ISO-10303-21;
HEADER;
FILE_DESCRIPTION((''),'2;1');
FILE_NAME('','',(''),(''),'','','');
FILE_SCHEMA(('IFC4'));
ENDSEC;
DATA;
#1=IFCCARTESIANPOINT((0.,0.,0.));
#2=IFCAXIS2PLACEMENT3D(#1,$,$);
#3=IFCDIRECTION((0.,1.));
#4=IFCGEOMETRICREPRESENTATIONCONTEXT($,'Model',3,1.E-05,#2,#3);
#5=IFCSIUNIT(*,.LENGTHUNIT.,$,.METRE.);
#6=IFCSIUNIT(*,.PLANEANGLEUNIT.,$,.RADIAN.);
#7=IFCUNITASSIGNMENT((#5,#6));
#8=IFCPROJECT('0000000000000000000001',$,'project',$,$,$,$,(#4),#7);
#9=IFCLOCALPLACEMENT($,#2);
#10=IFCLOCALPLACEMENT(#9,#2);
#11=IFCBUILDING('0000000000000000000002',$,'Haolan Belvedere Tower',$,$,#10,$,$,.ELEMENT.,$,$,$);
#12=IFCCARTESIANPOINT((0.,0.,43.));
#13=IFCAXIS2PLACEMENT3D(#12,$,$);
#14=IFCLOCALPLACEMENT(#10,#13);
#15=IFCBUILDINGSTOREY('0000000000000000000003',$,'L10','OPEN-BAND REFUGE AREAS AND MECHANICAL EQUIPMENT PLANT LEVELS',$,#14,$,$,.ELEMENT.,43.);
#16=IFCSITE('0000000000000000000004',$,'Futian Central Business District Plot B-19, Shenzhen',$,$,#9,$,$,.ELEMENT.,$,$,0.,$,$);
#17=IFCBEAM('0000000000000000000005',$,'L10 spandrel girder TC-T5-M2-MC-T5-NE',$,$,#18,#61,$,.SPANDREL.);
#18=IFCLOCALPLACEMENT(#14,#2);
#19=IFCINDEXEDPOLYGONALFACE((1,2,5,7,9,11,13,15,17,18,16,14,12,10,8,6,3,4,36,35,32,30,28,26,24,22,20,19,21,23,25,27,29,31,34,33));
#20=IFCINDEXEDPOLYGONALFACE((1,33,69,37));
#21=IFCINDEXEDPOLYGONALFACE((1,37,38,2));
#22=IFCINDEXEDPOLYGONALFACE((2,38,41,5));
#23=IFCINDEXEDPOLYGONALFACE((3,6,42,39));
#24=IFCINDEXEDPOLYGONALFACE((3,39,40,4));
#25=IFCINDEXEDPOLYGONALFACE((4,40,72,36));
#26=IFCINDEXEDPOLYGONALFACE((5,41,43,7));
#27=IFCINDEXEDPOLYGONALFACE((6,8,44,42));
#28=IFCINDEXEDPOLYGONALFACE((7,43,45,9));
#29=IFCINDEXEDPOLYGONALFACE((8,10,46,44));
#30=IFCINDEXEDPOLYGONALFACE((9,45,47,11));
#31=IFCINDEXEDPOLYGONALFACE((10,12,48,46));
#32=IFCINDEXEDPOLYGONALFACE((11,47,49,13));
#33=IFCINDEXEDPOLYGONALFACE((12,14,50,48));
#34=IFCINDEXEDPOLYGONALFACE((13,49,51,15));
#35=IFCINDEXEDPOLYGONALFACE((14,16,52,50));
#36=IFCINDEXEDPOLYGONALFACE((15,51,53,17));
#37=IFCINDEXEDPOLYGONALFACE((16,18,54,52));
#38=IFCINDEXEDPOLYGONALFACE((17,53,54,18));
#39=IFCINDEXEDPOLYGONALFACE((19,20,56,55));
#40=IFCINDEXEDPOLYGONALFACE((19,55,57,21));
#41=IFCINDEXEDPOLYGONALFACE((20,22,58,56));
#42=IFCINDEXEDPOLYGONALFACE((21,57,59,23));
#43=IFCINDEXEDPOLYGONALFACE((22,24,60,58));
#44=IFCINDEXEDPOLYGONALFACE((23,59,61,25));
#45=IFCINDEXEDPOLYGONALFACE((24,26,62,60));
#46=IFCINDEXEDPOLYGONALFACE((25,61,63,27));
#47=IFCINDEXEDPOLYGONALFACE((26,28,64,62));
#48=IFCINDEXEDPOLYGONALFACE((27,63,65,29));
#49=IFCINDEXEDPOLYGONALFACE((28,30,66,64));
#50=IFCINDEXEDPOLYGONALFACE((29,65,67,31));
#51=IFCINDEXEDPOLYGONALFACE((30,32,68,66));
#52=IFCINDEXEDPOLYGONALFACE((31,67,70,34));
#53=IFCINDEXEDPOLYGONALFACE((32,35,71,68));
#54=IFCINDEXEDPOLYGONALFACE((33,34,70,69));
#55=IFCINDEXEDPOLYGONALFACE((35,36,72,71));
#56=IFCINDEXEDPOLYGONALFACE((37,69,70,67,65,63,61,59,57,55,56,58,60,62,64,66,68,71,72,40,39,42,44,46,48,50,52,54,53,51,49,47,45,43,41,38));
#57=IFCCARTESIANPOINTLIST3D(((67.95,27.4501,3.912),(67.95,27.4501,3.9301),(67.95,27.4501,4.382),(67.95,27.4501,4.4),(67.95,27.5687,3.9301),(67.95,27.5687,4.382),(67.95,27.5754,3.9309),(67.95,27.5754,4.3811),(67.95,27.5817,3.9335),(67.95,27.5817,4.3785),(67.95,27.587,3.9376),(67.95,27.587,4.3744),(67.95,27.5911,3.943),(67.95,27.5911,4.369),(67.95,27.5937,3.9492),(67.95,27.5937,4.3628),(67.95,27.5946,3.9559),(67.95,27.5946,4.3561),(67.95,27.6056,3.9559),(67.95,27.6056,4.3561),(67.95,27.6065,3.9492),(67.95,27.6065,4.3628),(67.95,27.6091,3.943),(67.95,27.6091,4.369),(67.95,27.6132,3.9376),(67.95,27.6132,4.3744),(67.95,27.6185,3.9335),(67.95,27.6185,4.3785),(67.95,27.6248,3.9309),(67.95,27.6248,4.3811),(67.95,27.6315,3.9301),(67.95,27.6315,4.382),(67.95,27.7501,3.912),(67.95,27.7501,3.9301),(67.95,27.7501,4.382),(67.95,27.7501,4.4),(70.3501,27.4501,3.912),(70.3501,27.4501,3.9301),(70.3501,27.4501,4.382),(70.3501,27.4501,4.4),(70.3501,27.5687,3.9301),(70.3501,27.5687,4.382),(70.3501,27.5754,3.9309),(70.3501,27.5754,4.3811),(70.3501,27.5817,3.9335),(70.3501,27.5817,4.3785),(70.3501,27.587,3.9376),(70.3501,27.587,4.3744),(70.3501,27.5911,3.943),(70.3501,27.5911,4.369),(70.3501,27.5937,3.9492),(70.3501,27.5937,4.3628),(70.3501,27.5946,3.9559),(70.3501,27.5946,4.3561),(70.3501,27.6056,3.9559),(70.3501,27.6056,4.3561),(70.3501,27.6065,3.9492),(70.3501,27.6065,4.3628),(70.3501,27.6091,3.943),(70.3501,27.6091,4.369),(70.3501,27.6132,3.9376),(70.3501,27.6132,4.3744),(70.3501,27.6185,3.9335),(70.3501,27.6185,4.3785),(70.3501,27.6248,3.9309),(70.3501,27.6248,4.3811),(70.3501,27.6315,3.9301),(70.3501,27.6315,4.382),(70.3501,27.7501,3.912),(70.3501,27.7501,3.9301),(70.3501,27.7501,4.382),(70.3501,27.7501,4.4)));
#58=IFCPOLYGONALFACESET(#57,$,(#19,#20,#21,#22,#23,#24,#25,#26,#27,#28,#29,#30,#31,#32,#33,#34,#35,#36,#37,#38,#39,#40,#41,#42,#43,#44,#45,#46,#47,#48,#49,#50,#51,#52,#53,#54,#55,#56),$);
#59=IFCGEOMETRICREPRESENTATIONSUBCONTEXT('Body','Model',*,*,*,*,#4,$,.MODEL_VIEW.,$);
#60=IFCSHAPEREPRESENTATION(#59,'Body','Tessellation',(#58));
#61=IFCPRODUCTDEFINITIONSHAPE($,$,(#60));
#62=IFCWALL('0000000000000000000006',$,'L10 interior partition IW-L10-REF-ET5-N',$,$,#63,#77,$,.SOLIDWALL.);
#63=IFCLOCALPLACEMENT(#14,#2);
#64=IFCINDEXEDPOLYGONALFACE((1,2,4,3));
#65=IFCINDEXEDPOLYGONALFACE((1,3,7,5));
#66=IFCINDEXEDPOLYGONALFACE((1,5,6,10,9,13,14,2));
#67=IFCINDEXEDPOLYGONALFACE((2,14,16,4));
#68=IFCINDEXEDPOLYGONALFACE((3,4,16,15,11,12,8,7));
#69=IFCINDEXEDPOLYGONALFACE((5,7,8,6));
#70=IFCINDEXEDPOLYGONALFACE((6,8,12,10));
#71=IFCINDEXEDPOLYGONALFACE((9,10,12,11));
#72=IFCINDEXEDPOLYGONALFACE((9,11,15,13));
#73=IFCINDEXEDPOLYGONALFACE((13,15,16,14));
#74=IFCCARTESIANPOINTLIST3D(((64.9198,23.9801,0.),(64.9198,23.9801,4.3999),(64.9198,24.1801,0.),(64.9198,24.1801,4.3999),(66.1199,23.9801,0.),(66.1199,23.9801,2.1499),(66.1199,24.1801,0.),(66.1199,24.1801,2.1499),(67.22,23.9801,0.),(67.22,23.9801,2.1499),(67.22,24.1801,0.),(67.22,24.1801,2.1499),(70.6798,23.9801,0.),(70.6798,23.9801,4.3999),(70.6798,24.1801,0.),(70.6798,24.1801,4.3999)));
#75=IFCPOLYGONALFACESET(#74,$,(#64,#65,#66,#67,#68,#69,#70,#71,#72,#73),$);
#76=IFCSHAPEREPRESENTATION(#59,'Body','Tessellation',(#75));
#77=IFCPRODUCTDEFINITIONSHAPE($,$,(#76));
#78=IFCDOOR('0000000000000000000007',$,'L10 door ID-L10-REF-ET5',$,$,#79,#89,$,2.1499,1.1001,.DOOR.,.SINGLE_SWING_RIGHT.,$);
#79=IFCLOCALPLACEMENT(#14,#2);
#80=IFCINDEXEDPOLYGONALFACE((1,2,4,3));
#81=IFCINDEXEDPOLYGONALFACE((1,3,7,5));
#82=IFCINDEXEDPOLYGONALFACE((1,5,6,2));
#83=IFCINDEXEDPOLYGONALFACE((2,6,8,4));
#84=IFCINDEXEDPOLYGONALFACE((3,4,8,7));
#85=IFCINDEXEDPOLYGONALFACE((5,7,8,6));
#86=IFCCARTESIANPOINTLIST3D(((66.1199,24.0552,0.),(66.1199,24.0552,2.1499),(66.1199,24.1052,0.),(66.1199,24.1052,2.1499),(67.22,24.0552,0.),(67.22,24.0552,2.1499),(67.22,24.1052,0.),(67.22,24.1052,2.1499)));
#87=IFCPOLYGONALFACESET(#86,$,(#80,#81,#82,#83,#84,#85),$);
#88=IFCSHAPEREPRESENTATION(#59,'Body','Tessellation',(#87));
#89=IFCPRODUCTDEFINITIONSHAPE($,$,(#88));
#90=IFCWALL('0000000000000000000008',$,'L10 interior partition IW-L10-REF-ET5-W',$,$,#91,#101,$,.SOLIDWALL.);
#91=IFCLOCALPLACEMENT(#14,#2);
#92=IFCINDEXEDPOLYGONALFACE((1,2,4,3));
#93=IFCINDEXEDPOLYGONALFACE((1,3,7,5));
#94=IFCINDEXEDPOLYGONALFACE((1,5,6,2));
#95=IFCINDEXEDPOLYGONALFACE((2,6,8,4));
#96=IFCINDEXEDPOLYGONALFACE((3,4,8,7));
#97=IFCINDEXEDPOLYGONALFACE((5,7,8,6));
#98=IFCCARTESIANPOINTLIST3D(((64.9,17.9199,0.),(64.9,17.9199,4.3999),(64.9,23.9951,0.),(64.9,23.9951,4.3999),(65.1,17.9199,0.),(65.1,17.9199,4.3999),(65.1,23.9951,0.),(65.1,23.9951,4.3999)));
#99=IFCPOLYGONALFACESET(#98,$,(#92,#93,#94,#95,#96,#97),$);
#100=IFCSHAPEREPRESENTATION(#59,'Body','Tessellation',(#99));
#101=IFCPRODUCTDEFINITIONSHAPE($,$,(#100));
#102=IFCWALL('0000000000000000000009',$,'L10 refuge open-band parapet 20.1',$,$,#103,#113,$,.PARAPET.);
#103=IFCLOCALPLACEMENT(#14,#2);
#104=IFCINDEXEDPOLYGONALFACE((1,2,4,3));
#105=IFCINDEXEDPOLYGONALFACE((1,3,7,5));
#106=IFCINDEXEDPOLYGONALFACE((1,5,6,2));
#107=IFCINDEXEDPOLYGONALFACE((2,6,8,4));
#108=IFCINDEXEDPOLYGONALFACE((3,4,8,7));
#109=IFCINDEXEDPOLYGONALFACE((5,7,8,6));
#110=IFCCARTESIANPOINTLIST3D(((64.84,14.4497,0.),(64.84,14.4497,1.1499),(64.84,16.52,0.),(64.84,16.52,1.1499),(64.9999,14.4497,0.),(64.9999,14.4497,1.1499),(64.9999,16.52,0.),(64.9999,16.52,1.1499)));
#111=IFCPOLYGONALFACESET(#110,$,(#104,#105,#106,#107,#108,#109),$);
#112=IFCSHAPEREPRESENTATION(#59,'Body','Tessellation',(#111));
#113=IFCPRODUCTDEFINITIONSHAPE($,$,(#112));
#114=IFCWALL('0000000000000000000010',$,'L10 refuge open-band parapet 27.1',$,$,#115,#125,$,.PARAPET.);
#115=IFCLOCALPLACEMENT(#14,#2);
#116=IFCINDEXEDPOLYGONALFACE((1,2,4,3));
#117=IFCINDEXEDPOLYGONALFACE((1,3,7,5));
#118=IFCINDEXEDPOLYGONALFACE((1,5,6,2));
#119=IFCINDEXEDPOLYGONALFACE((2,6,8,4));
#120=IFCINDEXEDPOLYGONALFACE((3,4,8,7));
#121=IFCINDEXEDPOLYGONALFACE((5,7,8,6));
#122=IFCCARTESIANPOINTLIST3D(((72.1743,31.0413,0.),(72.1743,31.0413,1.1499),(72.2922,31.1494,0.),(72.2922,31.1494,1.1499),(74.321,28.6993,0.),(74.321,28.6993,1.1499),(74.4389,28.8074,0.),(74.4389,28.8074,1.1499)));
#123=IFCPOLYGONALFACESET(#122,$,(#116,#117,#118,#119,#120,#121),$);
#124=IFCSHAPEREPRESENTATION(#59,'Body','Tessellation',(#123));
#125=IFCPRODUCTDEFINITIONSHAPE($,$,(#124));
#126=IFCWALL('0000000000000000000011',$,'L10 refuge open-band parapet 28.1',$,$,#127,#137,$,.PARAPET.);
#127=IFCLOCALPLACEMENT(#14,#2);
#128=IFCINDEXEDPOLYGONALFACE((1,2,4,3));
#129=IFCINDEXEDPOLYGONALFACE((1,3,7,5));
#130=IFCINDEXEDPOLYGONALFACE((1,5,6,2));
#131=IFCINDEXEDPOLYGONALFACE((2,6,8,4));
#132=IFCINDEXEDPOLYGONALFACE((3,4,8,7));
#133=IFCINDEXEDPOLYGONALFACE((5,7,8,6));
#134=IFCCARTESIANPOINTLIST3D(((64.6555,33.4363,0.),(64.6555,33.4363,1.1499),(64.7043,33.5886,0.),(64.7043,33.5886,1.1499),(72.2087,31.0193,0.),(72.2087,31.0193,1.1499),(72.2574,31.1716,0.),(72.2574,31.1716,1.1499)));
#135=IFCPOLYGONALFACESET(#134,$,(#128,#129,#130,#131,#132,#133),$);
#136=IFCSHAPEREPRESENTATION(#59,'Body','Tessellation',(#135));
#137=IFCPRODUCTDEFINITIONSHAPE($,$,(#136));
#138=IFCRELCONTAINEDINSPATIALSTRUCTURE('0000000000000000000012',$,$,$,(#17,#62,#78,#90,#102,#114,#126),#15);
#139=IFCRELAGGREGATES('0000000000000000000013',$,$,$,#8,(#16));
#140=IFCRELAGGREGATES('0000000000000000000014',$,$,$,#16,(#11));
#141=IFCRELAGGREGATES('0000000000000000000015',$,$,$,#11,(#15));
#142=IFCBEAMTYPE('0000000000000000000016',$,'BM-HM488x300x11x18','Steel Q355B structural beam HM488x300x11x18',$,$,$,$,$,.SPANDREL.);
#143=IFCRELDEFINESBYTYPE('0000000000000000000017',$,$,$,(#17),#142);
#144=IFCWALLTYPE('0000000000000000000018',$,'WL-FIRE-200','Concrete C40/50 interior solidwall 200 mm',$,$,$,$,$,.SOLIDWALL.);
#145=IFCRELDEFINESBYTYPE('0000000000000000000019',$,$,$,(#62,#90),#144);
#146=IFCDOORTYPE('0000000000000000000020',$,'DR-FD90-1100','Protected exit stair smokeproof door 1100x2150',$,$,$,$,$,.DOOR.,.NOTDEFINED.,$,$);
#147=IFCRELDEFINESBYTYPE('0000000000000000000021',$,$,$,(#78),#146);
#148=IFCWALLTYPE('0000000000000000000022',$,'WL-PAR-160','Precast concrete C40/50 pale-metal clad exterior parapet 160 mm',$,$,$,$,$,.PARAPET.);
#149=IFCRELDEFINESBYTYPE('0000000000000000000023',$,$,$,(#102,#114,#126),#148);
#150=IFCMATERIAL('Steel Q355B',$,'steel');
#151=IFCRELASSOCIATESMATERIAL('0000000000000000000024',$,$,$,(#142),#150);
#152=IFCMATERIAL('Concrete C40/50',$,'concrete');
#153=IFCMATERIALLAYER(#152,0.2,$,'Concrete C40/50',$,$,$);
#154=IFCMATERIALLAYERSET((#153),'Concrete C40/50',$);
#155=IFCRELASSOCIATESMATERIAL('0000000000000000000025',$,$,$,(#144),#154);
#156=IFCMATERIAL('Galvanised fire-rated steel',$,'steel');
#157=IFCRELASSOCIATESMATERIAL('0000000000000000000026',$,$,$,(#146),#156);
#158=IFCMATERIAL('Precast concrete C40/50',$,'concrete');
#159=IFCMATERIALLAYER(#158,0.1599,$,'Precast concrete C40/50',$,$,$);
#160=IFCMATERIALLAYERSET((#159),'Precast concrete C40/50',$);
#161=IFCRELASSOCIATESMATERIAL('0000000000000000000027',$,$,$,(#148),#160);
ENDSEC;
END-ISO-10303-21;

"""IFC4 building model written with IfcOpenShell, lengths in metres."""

from ifc_helpers import new_model, si_unit, direction, frame, frame_2d, origin, origin_2d, place, context, subcontext, project, spatial, rectangle, i_section, extrude, material, layer, layer_set, material_profile, profile_set, type_object, element, fill, save


model = new_model("IFC4")

# Units and contexts
model_context = context("Model", 3, precision=1e-05, world=origin(), true_north=direction((0.0, 1.0)))
body_context = subcontext(model_context, "Body", "Model", "MODEL_VIEW")
ifc_project = project(units=[si_unit("LENGTHUNIT", "METRE"), si_unit("PLANEANGLEUNIT", "RADIAN")], contexts=[model_context])

# Site, building, storey
site_placement = place(None, origin())
site = spatial("IfcSite", under=ifc_project, at=site_placement, Name="Futian Central Business District Plot B-19, Shenzhen", CompositionType="ELEMENT", RefElevation=0.0)
building_placement = place(site_placement, origin())
building = spatial("IfcBuilding", under=site, at=building_placement, Name="Haolan Belvedere Tower", CompositionType="ELEMENT")
storey_placement = place(building_placement, frame((0.0, 0.0, 43.0)))
storey = spatial("IfcBuildingStorey", under=building, at=storey_placement, Name="L10", Description="OPEN-BAND REFUGE AREAS AND MECHANICAL EQUIPMENT PLANT LEVELS", CompositionType="ELEMENT", Elevation=43.0)

# Shared definitions
ifc_material_1 = material(Name="Steel Q355B", Category="steel")

# Beam
ifc_material_profile_1 = material_profile(ifc_material_1, i_section(OverallWidth=0.3, OverallDepth=0.488, WebThickness=0.011, FlangeThickness=0.0181, FilletRadius=0.0259, at=origin_2d()), Name="Steel Q355B")
ifc_profile_set_1 = profile_set([ifc_material_profile_1], Name="Steel Q355B")
beam_type = type_object("IfcBeamType", Name="BM-HM488x300x11x18", Description="Steel Q355B structural beam HM488x300x11x18", PredefinedType="SPANDREL", material=ifc_profile_set_1)
for number, where, z_axis, x_axis, name in (
    (1, (67.95, 27.6001, 4.156), (1.0, 0.0, 0.0), (0.0, 1.0, 0.0), "L10 spandrel girder TC-T5-M2-MC-T5-NE"),
):
    element("IfcBeam", number, at=place(storey_placement, frame(where, z_axis=z_axis, x_axis=x_axis)), inside=storey, type_object=beam_type, Name=name, PredefinedType="SPANDREL", context=body_context, shape_type="SweptSolid", body=[
        extrude(i_section(OverallWidth=0.3, OverallDepth=0.488, WebThickness=0.011, FlangeThickness=0.0181, FilletRadius=0.0259, at=origin_2d()), origin(), (0.0, 0.0, 1.0), 2.4001),
    ])

# Wall, opening, door
ifc_material_2 = material(Name="Concrete C40/50", Category="concrete")
ifc_layer_1 = layer(ifc_material_2, 0.2, Name="Concrete C40/50")
ifc_layer_set_1 = layer_set([ifc_layer_1], Name="Concrete C40/50")
wall_type_1 = type_object("IfcWallType", Name="WL-FIRE-200", Description="Concrete C40/50 interior solidwall 200 mm", PredefinedType="SOLIDWALL", material=ifc_layer_set_1)
wall_1_placement = place(storey_placement, frame((64.9199, 24.0801, 0.0), z_axis=(0.0, 0.0, 1.0), x_axis=(1.0, 0.0, 0.0)))
wall_1 = element("IfcWall", 2, at=wall_1_placement, inside=storey, type_object=wall_type_1, Name="L10 interior partition IW-L10-REF-ET5-N", PredefinedType="SOLIDWALL", context=body_context, shape_type="SweptSolid", body=[
    extrude(rectangle(XDim=5.76, YDim=0.2, at=frame_2d((2.8799, 0.0))), origin(), (0.0, 0.0, 1.0), 4.3999),
])
opening_placement = place(wall_1_placement, frame((2.3, 0.0, 0.0), z_axis=(0.0, 0.0, 1.0), x_axis=(-1.0, 0.0, 0.0)))
opening = element("IfcOpeningElement", 3, at=opening_placement, cuts=wall_1, PredefinedType="OPENING", context=body_context, shape_type="SweptSolid", body=[
    extrude(rectangle(XDim=1.1001, YDim=2.1499, at=frame_2d((0.55, 1.075))), frame((0.0, 0.1099, 0.0), z_axis=(0.0, -1.0, 0.0), x_axis=(1.0, 0.0, 0.0)), (0.0, 0.0, 1.0), 0.22),
])
ifc_material_3 = material(Name="Galvanised fire-rated steel", Category="steel")
door_type = type_object("IfcDoorType", Name="DR-FD90-1100", Description="Protected exit stair smokeproof door 1100x2150", OperationType="NOTDEFINED", PredefinedType="DOOR", material=ifc_material_3)
door_placement = place(opening_placement, origin())
door = element("IfcDoor", 4, at=door_placement, inside=storey, type_object=door_type, Name="L10 door ID-L10-REF-ET5", OperationType="SINGLE_SWING_RIGHT", OverallHeight=2.1499, OverallWidth=1.1001, PredefinedType="DOOR", context=body_context, shape_type="SweptSolid", body=[
    extrude(rectangle(XDim=1.1001, YDim=2.1499, at=frame_2d((0.55, 1.075))), frame((0.0, 0.0249, 0.0), z_axis=(0.0, -1.0, 0.0), x_axis=(1.0, 0.0, 0.0)), (0.0, 0.0, 1.0), 0.05),
])
fill(opening, door)

# Walls
wall_2_placement = place(storey_placement, frame((65.0, 17.9199, 0.0), z_axis=(0.0, 0.0, 1.0), x_axis=(0.0, 1.0, 0.0)))
element("IfcWall", 5, at=wall_2_placement, inside=storey, type_object=wall_type_1, Name="L10 interior partition IW-L10-REF-ET5-W", PredefinedType="SOLIDWALL", context=body_context, shape_type="SweptSolid", body=[
    extrude(rectangle(XDim=6.0752, YDim=0.2, at=frame_2d((3.0376, 0.0))), origin(), (0.0, 0.0, 1.0), 4.3999),
])
ifc_material_4 = material(Name="Precast concrete C40/50", Category="concrete")
ifc_layer_2 = layer(ifc_material_4, 0.1599, Name="Precast concrete C40/50")
ifc_layer_set_2 = layer_set([ifc_layer_2], Name="Precast concrete C40/50")
wall_type_2 = type_object("IfcWallType", Name="WL-PAR-160", Description="Precast concrete C40/50 pale-metal clad exterior parapet 160 mm", PredefinedType="PARAPET", material=ifc_layer_set_2)
wall_3_placement = place(storey_placement, frame((64.9199, 16.52, 0.0), z_axis=(0.0, 0.0, 1.0), x_axis=(0.0, -1.0, 0.0)))
element("IfcWall", 6, at=wall_3_placement, inside=storey, type_object=wall_type_2, Name="L10 refuge open-band parapet 20.1", PredefinedType="PARAPET", context=body_context, shape_type="SweptSolid", body=[
    extrude(rectangle(XDim=2.0703, YDim=0.1599, at=frame_2d((1.0352, 0.0))), origin(), (0.0, 0.0, 1.0), 1.1499),
])
wall_4_placement = place(storey_placement, frame((74.3799, 28.7534, 0.0), z_axis=(0.0, 0.0, 1.0), x_axis=(-0.6757, 0.737176, 0.0)))
element("IfcWall", 7, at=wall_4_placement, inside=storey, type_object=wall_type_2, Name="L10 refuge open-band parapet 27.1", PredefinedType="PARAPET", context=body_context, shape_type="SweptSolid", body=[
    extrude(rectangle(XDim=3.177, YDim=0.1599, at=frame_2d((1.5884, 0.0))), origin(), (0.0, 0.0, 1.0), 1.1499),
])
wall_5_placement = place(storey_placement, frame((72.2332, 31.0955, 0.0), z_axis=(0.0, 0.0, 1.0), x_axis=(-0.952426, 0.304771, 0.0)))
element("IfcWall", 8, at=wall_5_placement, inside=storey, type_object=wall_type_2, Name="L10 refuge open-band parapet 28.1", PredefinedType="PARAPET", context=body_context, shape_type="SweptSolid", body=[
    extrude(rectangle(XDim=7.9304, YDim=0.1599, at=frame_2d((3.9653, 0.0))), origin(), (0.0, 0.0, 1.0), 1.1499),
])

save(model, "model.ifc")
